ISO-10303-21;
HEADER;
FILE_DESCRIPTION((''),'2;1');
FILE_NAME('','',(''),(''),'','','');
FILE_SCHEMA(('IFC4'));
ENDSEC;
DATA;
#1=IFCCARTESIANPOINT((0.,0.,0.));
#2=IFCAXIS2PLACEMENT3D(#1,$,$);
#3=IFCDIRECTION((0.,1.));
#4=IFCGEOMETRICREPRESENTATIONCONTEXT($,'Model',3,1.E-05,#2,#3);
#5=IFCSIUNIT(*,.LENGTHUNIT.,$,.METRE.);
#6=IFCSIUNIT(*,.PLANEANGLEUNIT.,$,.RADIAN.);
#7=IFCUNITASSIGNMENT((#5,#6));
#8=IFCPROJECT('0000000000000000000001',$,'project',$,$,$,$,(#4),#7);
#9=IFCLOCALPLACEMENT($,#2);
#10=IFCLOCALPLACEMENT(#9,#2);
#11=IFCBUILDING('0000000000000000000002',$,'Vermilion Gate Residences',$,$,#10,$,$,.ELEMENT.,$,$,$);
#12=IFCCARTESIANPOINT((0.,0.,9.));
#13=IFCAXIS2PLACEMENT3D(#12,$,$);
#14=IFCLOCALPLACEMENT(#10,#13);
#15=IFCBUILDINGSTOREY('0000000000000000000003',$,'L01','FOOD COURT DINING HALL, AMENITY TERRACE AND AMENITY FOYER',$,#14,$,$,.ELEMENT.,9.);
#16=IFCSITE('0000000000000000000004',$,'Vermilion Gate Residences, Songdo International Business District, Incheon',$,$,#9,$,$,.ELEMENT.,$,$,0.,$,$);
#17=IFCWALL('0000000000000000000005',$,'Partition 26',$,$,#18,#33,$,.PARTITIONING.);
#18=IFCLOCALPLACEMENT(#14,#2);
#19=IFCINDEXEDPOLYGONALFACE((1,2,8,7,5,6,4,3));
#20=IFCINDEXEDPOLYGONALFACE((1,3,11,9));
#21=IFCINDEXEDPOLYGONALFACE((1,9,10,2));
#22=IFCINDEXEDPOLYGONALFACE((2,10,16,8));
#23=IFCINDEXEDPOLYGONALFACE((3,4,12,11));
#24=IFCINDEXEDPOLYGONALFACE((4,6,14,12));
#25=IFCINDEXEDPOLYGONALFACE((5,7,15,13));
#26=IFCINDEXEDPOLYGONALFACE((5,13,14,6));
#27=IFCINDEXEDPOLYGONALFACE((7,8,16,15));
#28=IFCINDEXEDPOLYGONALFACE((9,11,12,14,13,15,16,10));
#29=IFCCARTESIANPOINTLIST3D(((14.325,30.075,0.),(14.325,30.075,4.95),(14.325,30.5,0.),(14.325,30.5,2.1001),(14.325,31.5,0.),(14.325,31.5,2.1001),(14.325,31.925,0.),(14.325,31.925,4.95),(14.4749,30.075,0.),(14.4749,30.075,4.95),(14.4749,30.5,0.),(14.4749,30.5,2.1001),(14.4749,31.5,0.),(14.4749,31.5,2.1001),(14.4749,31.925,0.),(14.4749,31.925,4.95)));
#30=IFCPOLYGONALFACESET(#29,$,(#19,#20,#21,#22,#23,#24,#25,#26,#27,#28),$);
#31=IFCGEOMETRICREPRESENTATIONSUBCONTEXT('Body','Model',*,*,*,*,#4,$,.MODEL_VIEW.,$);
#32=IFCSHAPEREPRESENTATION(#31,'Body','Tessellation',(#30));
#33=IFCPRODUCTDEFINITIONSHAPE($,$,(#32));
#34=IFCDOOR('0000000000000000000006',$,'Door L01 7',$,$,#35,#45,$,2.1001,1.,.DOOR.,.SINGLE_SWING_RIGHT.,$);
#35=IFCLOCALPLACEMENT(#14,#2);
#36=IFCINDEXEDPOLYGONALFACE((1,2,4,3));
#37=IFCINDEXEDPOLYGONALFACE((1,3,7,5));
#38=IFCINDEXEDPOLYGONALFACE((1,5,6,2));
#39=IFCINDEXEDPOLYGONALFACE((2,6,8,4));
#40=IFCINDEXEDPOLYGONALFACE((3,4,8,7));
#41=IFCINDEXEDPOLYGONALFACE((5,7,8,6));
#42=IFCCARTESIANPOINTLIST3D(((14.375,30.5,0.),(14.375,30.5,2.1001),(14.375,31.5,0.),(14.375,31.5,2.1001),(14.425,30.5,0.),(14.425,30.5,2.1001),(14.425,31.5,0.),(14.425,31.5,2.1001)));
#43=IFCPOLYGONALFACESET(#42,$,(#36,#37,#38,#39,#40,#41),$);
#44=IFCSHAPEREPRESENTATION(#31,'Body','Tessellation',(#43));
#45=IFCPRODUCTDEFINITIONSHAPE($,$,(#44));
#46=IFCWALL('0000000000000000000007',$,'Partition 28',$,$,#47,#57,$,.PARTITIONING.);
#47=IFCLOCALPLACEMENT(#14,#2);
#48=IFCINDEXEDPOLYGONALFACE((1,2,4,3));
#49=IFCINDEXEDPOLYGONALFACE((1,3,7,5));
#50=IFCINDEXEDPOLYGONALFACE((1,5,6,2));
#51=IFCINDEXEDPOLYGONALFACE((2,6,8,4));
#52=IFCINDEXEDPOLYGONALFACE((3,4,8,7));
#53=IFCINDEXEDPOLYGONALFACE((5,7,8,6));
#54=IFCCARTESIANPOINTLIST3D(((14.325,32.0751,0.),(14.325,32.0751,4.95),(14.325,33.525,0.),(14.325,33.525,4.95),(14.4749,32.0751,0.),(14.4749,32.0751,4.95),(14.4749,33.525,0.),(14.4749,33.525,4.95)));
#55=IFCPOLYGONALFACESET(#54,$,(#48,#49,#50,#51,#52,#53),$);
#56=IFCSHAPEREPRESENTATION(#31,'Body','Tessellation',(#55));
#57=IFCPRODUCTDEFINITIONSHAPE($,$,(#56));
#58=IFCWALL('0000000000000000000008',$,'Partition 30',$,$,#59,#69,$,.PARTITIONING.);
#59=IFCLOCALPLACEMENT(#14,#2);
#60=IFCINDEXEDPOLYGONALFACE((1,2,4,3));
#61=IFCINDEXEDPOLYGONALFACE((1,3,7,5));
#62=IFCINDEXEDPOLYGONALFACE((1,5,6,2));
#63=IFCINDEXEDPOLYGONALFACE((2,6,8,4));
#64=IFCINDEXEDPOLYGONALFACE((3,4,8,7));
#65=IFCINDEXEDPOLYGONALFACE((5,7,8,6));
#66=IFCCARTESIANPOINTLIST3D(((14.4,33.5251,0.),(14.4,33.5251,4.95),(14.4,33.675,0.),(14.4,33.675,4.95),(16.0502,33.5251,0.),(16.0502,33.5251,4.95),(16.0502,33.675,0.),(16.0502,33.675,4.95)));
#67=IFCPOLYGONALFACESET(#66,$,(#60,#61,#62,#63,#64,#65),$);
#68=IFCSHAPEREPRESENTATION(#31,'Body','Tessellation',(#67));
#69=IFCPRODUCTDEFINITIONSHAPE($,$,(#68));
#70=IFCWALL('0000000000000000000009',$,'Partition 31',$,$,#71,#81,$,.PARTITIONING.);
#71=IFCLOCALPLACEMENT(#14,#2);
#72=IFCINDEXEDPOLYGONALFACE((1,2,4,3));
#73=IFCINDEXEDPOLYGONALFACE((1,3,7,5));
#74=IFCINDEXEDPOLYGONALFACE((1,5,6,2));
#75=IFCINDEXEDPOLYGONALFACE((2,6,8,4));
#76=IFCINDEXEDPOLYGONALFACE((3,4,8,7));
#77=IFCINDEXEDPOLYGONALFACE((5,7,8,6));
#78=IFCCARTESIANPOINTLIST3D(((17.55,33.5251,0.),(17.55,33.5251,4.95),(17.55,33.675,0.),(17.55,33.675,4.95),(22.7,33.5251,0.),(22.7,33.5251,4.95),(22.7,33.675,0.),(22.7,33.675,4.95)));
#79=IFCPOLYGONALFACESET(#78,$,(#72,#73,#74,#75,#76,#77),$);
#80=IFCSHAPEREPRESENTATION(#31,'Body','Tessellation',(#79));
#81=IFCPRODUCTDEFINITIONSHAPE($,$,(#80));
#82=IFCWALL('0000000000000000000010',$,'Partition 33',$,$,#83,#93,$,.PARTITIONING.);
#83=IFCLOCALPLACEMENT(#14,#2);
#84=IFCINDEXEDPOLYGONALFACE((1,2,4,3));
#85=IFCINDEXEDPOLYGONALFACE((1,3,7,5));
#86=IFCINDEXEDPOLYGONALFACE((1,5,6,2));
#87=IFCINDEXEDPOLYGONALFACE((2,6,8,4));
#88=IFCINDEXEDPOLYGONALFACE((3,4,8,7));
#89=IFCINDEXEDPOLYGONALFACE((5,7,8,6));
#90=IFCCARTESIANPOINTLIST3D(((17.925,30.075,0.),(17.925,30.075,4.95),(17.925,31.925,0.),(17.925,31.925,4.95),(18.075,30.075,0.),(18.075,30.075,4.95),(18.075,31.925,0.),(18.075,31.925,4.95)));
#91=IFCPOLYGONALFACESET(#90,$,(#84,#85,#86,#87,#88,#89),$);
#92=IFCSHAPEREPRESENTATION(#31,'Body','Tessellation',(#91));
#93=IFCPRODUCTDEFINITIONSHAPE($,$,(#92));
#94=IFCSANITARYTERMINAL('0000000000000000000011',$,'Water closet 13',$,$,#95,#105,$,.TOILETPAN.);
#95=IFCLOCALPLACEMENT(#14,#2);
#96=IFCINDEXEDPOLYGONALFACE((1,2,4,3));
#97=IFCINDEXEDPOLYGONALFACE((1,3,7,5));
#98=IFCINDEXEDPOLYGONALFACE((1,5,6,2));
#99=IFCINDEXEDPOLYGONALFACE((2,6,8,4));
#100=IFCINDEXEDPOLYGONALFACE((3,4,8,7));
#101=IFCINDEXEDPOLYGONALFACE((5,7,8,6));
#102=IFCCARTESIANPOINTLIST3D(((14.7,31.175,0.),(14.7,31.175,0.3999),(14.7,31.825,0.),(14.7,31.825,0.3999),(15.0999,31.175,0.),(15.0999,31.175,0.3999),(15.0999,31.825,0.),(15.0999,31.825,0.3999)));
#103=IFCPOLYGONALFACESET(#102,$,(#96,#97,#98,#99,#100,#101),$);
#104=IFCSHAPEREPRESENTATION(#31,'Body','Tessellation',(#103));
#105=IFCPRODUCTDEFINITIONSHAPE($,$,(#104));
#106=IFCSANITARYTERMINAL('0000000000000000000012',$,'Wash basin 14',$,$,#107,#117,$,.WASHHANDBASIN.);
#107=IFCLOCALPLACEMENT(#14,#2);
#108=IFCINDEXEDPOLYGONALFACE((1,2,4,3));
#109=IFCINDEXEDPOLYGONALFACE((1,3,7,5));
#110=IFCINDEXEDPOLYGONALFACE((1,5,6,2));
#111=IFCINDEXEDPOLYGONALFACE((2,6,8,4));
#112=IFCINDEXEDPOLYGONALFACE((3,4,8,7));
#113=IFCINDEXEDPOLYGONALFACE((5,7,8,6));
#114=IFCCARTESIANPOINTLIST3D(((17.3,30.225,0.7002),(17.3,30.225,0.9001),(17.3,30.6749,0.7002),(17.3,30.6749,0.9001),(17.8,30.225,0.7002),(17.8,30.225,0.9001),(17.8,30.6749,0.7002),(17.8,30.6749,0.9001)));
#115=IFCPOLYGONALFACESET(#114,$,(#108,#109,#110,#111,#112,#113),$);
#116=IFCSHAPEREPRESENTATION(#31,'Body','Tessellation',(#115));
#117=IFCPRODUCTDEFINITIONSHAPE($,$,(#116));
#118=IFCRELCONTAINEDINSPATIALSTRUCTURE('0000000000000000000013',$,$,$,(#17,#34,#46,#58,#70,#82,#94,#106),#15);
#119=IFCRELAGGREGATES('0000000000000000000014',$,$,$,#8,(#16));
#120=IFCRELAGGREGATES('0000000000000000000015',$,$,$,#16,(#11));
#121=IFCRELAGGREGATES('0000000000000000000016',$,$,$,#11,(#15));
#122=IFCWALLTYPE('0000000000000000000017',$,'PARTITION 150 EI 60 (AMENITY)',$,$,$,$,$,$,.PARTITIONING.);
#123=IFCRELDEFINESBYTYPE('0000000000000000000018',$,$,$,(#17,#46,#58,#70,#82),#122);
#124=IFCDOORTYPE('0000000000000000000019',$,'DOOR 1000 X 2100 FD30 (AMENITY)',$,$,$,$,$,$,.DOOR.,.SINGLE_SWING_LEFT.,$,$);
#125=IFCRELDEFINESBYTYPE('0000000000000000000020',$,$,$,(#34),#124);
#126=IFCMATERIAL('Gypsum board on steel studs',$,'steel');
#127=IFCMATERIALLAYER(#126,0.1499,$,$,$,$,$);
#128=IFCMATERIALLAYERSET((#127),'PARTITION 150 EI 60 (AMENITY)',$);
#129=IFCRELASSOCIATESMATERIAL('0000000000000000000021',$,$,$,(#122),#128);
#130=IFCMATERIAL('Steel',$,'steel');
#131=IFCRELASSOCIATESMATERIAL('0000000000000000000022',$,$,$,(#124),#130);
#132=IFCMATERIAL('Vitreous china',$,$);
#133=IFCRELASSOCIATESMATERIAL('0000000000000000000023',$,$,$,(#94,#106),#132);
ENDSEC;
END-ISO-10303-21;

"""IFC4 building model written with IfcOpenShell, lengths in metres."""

from ifc_helpers import new_model, si_unit, direction, frame, frame_2d, origin, origin_2d, place, context, subcontext, project, spatial, rectangle, extrude, material, layer, layer_set, type_object, element, fill, save


model = new_model("IFC4")

# Units and contexts
model_context = context("Model", 3, precision=1e-05, world=origin(), true_north=direction((0.0, 1.0)))
body_context = subcontext(model_context, "Body", "Model", "MODEL_VIEW")
ifc_project = project(units=[si_unit("LENGTHUNIT", "METRE"), si_unit("PLANEANGLEUNIT", "RADIAN")], contexts=[model_context])

# Site, building, storey
site_placement = place(None, origin())
site = spatial("IfcSite", under=ifc_project, at=site_placement, Name="Vermilion Gate Residences, Songdo International Business District, Incheon", CompositionType="ELEMENT", RefElevation=0.0)
building_placement = place(site_placement, origin())
building = spatial("IfcBuilding", under=site, at=building_placement, Name="Vermilion Gate Residences", CompositionType="ELEMENT")
storey_placement = place(building_placement, frame((0.0, 0.0, 9.0)))
storey = spatial("IfcBuildingStorey", under=building, at=storey_placement, Name="L01", Description="FOOD COURT DINING HALL, AMENITY TERRACE AND AMENITY FOYER", CompositionType="ELEMENT", Elevation=9.0)

# Wall, opening, door
ifc_material_1 = material(Name="Gypsum board on steel studs", Category="steel")
ifc_layer_1 = layer(ifc_material_1, 0.1499)
ifc_layer_set_1 = layer_set([ifc_layer_1], Name="PARTITION 150 EI 60 (AMENITY)")
wall_type = type_object("IfcWallType", Name="PARTITION 150 EI 60 (AMENITY)", PredefinedType="PARTITIONING", material=ifc_layer_set_1)
wall_1_placement = place(storey_placement, frame((14.3999, 30.075, 0.0), z_axis=(0.0, 0.0, 1.0), x_axis=(0.0, 1.0, 0.0)))
wall_1 = element("IfcWall", 1, at=wall_1_placement, inside=storey, type_object=wall_type, Name="Partition 26", PredefinedType="PARTITIONING", context=body_context, shape_type="SweptSolid", body=[
    extrude(rectangle(XDim=1.8501, YDim=0.1499, at=frame_2d((0.925, 0.0))), origin(), (0.0, 0.0, 1.0), 4.95),
])
opening_placement = place(wall_1_placement, frame((0.425, 0.0, 0.0)))
opening = element("IfcOpeningElement", 2, at=opening_placement, cuts=wall_1, PredefinedType="OPENING", context=body_context, shape_type="SweptSolid", body=[
    extrude(rectangle(XDim=1.0, YDim=2.1001, at=frame_2d((0.5, 1.05))), frame((0.0, 0.085, 0.0), z_axis=(0.0, -1.0, 0.0), x_axis=(1.0, 0.0, 0.0)), (0.0, 0.0, 1.0), 0.1699),
])
ifc_material_2 = material(Name="Steel", Category="steel")
door_type = type_object("IfcDoorType", Name="DOOR 1000 X 2100 FD30 (AMENITY)", OperationType="SINGLE_SWING_LEFT", PredefinedType="DOOR", material=ifc_material_2)
door_placement = place(opening_placement, origin())
door = element("IfcDoor", 3, at=door_placement, inside=storey, type_object=door_type, Name="Door L01 7", OperationType="SINGLE_SWING_RIGHT", OverallHeight=2.1001, OverallWidth=1.0, PredefinedType="DOOR", context=body_context, shape_type="SweptSolid", body=[
    extrude(rectangle(XDim=1.0, YDim=2.1001, at=frame_2d((0.5, 1.05))), frame((0.0, 0.0249, 0.0), z_axis=(0.0, -1.0, 0.0), x_axis=(1.0, 0.0, 0.0)), (0.0, 0.0, 1.0), 0.05),
])
fill(opening, door)

# Walls
wall_2_placement = place(storey_placement, frame((14.3999, 32.075, 0.0), z_axis=(0.0, 0.0, 1.0), x_axis=(0.0, 1.0, 0.0)))
element("IfcWall", 4, at=wall_2_placement, inside=storey, type_object=wall_type, Name="Partition 28", PredefinedType="PARTITIONING", context=body_context, shape_type="SweptSolid", body=[
    extrude(rectangle(XDim=1.45, YDim=0.1499, at=frame_2d((0.7251, 0.0))), origin(), (0.0, 0.0, 1.0), 4.95),
])
wall_3_placement = place(storey_placement, frame((14.3999, 33.6001, 0.0), z_axis=(0.0, 0.0, 1.0), x_axis=(1.0, 0.0, 0.0)))
element("IfcWall", 5, at=wall_3_placement, inside=storey, type_object=wall_type, Name="Partition 30", PredefinedType="PARTITIONING", context=body_context, shape_type="SweptSolid", body=[
    extrude(rectangle(XDim=1.6501, YDim=0.1499, at=frame_2d((0.8252, 0.0))), origin(), (0.0, 0.0, 1.0), 4.95),
])
wall_4_placement = place(storey_placement, frame((17.55, 33.6001, 0.0), z_axis=(0.0, 0.0, 1.0), x_axis=(1.0, 0.0, 0.0)))
element("IfcWall", 6, at=wall_4_placement, inside=storey, type_object=wall_type, Name="Partition 31", PredefinedType="PARTITIONING", context=body_context, shape_type="SweptSolid", body=[
    extrude(rectangle(XDim=5.1499, YDim=0.1499, at=frame_2d((2.575, 0.0))), origin(), (0.0, 0.0, 1.0), 4.95),
])
wall_5_placement = place(storey_placement, frame((18.0, 30.075, 0.0), z_axis=(0.0, 0.0, 1.0), x_axis=(0.0, 1.0, 0.0)))
element("IfcWall", 7, at=wall_5_placement, inside=storey, type_object=wall_type, Name="Partition 33", PredefinedType="PARTITIONING", context=body_context, shape_type="SweptSolid", body=[
    extrude(rectangle(XDim=1.8501, YDim=0.1499, at=frame_2d((0.925, 0.0))), origin(), (0.0, 0.0, 1.0), 4.95),
])

# Sanitary terminals
ifc_material_3 = material(Name="Vitreous china")
sanitary_terminal_1_placement = place(storey_placement, frame((14.8999, 31.5, 0.0), z_axis=(0.0, 0.0, 1.0), x_axis=(1.0, 0.0, 0.0)))
element("IfcSanitaryTerminal", 8, at=sanitary_terminal_1_placement, inside=storey, material=ifc_material_3, Name="Water closet 13", PredefinedType="TOILETPAN", context=body_context, shape_type="SweptSolid", body=[
    extrude(rectangle(XDim=0.3999, YDim=0.6499, at=origin_2d()), origin(), (0.0, 0.0, 1.0), 0.3999),
])
sanitary_terminal_2_placement = place(storey_placement, frame((17.55, 30.45, 0.7002), z_axis=(0.0, 0.0, 1.0), x_axis=(1.0, 0.0, 0.0)))
element("IfcSanitaryTerminal", 9, at=sanitary_terminal_2_placement, inside=storey, material=ifc_material_3, Name="Wash basin 14", PredefinedType="WASHHANDBASIN", context=body_context, shape_type="SweptSolid", body=[
    extrude(rectangle(XDim=0.5, YDim=0.45, at=origin_2d()), origin(), (0.0, 0.0, 1.0), 0.2),
])

save(model, "model.ifc")
